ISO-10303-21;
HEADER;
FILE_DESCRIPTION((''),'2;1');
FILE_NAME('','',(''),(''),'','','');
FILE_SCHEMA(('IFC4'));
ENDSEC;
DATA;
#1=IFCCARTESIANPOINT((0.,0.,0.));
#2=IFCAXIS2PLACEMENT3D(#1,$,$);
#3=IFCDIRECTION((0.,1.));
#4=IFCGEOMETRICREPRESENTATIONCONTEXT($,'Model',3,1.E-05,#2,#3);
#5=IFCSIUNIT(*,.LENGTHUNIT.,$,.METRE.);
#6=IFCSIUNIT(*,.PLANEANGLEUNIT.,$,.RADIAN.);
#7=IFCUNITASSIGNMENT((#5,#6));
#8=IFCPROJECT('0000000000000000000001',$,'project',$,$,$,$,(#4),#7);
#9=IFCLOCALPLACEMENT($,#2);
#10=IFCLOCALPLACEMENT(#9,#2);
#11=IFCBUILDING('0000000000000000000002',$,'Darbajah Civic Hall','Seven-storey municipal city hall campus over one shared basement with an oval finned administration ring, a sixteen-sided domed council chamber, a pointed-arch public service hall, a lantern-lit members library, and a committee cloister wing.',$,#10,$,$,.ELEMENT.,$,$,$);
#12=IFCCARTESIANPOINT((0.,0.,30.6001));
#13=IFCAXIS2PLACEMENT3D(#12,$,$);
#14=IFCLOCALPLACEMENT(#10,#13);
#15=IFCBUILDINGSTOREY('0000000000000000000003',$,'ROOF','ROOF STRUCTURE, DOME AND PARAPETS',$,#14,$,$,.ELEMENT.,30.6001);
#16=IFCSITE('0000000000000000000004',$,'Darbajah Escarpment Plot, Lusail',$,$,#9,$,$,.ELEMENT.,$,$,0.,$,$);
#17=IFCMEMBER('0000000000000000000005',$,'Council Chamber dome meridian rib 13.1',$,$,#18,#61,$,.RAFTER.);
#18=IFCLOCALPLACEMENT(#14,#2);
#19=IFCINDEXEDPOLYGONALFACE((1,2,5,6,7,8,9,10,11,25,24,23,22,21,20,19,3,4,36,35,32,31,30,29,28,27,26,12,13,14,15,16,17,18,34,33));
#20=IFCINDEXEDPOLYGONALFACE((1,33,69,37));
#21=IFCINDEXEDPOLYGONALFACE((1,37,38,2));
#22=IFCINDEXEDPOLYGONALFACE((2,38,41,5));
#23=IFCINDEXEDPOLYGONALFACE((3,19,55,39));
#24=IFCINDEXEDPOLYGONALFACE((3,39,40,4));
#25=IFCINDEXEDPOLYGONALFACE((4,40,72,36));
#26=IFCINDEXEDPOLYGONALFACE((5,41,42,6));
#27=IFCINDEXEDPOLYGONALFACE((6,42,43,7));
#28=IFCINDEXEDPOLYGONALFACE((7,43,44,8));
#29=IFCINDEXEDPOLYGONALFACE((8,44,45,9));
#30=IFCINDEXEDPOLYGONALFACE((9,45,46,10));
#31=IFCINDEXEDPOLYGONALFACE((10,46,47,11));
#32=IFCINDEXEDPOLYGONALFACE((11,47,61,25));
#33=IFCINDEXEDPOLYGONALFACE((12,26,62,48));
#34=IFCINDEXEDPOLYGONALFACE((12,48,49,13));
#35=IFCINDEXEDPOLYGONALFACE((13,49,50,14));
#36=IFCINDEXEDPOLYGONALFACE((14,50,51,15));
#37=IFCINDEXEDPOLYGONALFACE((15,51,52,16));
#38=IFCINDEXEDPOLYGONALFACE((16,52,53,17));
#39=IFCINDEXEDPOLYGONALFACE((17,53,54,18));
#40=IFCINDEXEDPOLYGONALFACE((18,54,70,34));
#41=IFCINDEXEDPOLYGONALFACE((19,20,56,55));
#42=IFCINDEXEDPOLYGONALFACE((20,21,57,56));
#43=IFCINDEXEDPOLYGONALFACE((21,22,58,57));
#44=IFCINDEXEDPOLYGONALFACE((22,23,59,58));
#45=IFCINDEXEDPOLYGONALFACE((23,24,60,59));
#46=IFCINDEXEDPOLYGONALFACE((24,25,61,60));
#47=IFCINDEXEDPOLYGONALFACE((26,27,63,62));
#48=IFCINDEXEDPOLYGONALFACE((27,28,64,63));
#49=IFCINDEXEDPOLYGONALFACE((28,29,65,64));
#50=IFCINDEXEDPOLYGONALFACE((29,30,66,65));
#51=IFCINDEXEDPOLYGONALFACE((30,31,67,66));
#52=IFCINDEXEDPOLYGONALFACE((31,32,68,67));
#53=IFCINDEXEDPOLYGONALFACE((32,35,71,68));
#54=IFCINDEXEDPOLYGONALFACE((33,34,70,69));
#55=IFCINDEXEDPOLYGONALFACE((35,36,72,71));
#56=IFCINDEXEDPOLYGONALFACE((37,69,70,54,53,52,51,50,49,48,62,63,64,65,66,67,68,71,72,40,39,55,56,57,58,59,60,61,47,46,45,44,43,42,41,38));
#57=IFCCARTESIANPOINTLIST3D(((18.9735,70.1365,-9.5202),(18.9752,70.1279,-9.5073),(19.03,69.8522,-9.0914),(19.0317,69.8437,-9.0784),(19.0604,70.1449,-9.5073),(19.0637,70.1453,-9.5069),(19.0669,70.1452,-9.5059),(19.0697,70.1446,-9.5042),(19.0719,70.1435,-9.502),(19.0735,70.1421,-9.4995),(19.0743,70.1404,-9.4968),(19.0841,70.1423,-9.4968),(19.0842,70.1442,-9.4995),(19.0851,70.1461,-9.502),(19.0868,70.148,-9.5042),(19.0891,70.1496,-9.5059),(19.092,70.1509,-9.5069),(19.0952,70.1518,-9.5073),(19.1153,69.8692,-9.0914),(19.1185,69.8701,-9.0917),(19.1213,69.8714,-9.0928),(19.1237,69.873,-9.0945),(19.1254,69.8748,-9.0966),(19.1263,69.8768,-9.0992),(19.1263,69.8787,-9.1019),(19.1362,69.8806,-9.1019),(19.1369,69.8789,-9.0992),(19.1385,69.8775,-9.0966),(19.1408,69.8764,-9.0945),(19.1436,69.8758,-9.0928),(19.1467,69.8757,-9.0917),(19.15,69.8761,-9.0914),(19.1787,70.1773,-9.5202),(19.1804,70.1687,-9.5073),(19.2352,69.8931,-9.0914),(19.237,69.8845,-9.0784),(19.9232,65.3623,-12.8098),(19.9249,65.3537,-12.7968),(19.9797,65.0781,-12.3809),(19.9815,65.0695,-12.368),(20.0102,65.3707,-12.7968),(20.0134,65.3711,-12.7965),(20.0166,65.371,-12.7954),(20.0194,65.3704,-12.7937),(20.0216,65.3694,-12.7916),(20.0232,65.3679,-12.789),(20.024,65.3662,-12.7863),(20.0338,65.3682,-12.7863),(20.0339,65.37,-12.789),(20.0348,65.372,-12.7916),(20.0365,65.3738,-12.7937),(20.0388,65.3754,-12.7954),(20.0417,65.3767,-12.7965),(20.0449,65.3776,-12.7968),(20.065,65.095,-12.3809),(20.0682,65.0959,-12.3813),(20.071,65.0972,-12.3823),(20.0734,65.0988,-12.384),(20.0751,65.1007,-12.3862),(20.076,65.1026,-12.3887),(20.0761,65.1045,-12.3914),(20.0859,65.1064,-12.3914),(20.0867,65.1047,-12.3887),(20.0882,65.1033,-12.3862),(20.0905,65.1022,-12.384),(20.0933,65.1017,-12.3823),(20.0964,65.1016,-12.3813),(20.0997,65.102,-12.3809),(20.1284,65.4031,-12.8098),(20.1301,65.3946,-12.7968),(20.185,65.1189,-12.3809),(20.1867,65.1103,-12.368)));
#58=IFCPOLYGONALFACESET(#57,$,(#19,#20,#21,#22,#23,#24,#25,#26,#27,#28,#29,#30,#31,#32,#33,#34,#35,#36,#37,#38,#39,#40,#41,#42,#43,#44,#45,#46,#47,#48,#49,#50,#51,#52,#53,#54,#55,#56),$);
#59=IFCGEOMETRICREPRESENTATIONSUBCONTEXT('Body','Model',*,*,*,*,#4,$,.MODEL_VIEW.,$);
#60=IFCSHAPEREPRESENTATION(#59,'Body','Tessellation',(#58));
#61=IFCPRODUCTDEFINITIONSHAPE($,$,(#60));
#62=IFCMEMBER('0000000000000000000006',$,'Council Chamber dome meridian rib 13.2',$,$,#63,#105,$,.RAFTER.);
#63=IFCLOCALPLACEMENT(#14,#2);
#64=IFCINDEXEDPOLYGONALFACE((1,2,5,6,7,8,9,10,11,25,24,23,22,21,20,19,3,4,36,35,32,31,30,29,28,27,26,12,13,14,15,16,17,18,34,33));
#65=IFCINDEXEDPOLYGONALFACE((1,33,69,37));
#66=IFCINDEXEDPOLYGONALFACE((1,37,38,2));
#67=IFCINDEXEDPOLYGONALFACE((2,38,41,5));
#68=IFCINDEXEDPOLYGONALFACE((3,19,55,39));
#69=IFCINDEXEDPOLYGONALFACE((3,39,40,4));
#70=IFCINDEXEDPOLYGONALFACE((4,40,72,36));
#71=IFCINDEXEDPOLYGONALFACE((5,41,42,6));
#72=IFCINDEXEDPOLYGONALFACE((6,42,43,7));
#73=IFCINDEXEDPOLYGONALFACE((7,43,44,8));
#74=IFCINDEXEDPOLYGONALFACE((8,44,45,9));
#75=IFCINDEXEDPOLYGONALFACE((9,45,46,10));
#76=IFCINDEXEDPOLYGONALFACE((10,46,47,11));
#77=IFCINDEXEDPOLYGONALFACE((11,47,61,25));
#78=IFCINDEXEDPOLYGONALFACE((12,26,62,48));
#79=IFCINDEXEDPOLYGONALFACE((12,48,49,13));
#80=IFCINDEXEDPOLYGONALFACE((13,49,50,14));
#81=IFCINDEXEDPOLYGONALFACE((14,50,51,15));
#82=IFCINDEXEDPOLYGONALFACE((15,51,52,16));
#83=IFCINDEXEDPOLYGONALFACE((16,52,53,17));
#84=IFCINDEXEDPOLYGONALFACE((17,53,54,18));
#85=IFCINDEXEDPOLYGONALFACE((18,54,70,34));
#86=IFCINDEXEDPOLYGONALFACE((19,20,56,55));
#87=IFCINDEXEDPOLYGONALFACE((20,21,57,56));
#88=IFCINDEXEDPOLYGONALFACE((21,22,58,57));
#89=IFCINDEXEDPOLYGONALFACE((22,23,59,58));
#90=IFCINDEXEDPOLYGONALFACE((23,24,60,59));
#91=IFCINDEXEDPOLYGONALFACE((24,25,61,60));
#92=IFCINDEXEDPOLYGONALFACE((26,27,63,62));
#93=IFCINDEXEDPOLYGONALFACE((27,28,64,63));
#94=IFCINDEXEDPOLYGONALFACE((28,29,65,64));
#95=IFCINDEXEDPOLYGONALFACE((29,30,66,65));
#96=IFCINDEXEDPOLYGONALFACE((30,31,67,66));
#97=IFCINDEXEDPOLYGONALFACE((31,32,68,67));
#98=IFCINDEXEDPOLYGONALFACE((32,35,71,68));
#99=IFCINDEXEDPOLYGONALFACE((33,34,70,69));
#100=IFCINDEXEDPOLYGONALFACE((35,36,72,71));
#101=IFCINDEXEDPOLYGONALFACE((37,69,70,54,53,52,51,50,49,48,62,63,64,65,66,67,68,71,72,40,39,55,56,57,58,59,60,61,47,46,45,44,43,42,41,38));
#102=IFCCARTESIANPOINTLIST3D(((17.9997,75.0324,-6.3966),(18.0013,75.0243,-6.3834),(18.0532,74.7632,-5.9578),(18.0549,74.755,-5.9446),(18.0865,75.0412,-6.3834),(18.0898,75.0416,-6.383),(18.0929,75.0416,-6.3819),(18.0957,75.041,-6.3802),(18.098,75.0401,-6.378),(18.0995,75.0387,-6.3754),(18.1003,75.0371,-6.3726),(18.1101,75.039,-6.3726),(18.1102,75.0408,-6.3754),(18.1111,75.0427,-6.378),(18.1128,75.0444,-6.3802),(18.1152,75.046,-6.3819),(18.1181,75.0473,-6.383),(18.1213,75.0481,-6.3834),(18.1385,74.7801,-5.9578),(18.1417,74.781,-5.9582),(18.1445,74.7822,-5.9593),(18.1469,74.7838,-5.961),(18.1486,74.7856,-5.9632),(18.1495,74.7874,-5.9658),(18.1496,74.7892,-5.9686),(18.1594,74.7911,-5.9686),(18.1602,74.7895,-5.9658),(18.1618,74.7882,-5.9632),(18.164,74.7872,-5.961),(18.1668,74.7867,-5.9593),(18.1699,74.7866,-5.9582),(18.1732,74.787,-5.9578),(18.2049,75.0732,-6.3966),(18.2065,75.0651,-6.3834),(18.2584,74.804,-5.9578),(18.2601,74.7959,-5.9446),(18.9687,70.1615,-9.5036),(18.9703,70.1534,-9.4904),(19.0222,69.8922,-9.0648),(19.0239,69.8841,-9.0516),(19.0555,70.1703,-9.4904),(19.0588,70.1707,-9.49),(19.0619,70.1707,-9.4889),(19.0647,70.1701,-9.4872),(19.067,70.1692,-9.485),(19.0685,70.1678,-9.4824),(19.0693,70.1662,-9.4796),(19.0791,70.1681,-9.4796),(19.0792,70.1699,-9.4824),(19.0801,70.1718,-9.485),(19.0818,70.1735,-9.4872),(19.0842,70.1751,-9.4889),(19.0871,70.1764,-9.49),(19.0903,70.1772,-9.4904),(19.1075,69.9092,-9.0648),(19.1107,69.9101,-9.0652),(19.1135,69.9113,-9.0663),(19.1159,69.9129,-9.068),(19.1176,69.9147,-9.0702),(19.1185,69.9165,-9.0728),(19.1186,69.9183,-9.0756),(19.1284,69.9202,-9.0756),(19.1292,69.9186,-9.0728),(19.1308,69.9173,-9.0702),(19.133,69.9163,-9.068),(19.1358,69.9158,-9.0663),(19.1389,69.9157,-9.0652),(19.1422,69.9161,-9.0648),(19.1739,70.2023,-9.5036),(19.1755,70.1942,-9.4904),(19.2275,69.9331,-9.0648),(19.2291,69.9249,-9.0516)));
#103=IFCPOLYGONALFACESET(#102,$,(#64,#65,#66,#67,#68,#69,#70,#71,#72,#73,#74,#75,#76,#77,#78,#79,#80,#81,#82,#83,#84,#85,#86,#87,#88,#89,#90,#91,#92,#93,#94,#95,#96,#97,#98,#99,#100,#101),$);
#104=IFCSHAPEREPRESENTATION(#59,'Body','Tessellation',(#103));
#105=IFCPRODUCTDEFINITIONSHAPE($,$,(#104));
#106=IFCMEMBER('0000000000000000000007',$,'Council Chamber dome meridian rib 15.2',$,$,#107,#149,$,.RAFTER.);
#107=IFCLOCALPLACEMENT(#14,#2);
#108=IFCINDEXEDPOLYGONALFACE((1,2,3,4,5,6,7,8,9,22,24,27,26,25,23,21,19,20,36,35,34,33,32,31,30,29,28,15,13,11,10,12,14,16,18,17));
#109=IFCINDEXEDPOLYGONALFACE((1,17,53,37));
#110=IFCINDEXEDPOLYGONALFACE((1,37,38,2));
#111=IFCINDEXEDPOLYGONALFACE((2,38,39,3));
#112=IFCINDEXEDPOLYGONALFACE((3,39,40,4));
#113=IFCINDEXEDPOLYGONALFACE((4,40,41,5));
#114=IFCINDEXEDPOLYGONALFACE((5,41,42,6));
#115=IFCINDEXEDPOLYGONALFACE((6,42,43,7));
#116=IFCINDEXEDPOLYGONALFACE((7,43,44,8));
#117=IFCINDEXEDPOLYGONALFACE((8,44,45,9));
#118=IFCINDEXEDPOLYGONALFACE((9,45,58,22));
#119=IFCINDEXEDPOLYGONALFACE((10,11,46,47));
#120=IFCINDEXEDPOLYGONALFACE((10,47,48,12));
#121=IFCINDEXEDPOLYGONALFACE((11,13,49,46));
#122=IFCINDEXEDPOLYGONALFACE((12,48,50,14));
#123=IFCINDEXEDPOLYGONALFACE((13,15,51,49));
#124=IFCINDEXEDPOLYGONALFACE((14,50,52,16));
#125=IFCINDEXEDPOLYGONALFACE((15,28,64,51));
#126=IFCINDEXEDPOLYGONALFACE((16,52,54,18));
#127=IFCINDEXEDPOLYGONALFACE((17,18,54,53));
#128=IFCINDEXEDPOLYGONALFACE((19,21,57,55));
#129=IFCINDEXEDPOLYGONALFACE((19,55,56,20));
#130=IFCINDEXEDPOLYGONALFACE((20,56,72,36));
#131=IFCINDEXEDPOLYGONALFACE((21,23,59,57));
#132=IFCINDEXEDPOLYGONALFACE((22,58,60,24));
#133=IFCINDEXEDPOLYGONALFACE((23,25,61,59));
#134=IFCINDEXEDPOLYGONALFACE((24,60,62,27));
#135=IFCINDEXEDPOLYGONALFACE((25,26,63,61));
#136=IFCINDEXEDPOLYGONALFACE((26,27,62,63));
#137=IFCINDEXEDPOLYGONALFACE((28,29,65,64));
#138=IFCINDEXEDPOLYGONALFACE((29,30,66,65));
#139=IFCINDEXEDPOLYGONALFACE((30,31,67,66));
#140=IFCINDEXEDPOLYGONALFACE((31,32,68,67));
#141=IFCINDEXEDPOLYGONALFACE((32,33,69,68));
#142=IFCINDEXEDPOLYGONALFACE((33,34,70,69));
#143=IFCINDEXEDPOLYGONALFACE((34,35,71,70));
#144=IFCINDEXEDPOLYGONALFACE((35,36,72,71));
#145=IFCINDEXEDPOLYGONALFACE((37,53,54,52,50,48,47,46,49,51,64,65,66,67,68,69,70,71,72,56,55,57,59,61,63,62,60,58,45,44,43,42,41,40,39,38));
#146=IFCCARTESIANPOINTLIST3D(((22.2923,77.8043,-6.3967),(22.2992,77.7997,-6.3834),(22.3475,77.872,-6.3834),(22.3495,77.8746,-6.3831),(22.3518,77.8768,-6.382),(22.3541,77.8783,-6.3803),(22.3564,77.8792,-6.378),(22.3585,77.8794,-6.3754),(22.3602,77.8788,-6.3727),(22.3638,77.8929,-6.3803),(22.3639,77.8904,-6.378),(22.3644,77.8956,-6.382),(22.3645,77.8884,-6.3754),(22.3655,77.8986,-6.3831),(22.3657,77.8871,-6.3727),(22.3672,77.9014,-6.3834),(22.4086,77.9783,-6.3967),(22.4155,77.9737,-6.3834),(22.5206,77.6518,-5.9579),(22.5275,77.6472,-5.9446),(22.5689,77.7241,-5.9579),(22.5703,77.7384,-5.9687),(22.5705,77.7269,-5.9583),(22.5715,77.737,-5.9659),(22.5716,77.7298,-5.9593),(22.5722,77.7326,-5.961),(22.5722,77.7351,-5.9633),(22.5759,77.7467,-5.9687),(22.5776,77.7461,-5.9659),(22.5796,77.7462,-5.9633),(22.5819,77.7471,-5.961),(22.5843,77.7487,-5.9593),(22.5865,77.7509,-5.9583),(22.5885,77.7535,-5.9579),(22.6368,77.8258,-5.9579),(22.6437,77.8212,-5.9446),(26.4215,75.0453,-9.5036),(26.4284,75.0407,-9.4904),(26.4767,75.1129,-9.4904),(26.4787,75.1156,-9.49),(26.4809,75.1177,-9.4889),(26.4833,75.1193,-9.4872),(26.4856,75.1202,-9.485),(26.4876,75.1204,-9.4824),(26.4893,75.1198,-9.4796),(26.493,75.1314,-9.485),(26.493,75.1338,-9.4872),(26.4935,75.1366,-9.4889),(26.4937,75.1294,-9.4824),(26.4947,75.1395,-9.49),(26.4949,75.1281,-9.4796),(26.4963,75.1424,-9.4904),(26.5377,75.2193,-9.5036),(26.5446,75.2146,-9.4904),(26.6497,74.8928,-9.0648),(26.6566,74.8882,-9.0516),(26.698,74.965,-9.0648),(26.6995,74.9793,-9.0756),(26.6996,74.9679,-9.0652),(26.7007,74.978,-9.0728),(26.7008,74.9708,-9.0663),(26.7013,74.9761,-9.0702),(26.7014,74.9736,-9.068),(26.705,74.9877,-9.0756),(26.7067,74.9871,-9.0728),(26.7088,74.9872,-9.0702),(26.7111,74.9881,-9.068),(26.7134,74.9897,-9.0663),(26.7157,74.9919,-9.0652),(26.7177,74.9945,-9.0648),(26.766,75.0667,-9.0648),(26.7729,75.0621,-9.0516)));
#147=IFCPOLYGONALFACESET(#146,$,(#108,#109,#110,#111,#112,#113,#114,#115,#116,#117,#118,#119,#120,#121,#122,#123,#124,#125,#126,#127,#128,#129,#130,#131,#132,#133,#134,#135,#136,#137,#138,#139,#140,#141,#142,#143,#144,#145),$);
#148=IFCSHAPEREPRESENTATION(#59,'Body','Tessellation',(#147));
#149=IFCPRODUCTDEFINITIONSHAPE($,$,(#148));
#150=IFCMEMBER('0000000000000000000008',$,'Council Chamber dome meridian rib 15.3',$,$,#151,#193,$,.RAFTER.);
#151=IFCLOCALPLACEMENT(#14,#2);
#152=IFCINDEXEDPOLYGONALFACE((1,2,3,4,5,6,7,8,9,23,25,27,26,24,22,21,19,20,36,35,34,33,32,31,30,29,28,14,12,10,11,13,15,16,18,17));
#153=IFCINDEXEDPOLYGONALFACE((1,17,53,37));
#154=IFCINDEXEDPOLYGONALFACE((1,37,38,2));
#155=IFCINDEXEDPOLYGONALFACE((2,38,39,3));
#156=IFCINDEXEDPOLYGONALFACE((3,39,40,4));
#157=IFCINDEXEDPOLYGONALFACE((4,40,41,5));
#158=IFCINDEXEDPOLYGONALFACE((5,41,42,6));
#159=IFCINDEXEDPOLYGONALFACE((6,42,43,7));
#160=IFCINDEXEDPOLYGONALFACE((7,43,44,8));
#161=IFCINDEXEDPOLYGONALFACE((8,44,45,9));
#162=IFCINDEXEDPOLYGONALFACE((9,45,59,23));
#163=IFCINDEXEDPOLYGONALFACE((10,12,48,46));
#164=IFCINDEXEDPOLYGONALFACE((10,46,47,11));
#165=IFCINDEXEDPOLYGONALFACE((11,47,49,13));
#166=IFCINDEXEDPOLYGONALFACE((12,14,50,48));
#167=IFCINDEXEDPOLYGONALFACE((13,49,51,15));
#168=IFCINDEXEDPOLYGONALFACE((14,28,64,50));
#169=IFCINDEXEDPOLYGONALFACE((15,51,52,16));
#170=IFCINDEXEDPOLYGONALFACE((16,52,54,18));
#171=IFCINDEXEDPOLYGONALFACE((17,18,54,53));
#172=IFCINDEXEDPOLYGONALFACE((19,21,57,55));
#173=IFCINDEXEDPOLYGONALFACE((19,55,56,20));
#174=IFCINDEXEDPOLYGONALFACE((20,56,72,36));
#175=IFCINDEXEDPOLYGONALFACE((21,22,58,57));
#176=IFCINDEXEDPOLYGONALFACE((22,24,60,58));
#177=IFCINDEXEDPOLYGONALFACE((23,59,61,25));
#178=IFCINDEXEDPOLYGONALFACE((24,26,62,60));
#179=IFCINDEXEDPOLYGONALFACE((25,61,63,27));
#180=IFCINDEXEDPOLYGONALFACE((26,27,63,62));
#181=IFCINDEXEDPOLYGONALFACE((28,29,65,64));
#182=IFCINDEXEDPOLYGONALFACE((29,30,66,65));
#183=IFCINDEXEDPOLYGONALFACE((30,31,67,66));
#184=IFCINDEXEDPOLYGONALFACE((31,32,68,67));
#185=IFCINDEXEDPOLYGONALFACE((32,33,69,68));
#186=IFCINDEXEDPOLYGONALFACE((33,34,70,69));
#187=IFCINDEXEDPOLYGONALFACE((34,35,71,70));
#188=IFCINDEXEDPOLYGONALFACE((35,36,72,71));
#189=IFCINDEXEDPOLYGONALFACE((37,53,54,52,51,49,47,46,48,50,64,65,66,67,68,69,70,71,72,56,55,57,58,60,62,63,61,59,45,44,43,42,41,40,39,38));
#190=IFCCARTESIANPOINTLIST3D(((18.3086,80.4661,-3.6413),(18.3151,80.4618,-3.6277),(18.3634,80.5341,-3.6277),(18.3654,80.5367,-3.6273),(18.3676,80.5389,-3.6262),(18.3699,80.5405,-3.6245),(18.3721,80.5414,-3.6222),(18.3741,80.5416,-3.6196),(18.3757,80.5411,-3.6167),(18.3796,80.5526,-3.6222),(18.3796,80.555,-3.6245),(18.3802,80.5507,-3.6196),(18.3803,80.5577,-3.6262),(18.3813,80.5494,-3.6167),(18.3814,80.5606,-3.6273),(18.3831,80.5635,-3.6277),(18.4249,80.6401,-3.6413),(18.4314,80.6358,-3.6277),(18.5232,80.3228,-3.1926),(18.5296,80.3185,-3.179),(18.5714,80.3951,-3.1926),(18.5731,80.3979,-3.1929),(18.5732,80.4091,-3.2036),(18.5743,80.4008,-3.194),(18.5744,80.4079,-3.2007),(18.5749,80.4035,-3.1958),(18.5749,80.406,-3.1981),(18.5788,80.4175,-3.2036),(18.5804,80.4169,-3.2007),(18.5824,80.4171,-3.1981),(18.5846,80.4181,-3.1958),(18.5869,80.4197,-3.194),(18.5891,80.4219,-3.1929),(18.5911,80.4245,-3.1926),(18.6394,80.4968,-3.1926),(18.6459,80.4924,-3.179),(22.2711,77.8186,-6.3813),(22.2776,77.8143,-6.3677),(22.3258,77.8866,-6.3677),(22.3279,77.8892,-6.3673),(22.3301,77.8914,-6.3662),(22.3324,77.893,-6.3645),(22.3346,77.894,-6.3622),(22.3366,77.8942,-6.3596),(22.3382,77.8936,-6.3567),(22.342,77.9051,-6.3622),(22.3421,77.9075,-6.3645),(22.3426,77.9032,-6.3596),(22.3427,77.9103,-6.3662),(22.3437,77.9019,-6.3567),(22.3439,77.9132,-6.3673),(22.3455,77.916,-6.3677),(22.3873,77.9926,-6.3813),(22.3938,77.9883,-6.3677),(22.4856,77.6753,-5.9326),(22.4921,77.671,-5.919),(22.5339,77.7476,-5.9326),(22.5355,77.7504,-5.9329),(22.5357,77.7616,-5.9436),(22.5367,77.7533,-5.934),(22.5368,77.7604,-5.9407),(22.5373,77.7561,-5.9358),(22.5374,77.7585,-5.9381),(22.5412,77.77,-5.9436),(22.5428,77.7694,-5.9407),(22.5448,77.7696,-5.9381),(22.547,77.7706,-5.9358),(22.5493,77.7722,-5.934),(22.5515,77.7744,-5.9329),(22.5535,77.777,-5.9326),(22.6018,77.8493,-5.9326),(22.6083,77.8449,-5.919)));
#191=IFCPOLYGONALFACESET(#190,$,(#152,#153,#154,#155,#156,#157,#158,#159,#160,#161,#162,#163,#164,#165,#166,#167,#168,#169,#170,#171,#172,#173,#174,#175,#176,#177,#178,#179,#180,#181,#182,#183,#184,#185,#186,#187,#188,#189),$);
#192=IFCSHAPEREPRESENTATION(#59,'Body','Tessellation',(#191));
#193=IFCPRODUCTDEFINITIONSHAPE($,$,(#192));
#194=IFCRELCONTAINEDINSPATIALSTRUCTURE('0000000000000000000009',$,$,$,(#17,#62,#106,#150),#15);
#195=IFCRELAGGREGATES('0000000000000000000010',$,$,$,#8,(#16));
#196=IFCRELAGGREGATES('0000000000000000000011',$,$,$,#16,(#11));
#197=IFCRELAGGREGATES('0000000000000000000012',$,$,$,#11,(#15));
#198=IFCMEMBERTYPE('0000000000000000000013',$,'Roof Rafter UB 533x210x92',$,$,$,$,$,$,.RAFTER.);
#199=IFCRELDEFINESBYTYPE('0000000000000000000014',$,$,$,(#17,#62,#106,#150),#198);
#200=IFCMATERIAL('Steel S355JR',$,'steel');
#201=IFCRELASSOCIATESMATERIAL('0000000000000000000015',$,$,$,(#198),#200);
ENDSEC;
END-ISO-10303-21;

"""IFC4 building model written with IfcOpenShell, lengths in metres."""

from ifc_helpers import new_model, si_unit, direction, frame, origin, origin_2d, place, context, subcontext, project, spatial, i_section, extrude, material, material_profile, profile_set, type_object, element, save


model = new_model("IFC4")

# Units and contexts
model_context = context("Model", 3, precision=1e-05, world=origin(), true_north=direction((0.0, 1.0)))
body_context = subcontext(model_context, "Body", "Model", "MODEL_VIEW")
ifc_project = project(units=[si_unit("LENGTHUNIT", "METRE"), si_unit("PLANEANGLEUNIT", "RADIAN")], contexts=[model_context])

# Site, building, storey
site_placement = place(None, origin())
site = spatial("IfcSite", under=ifc_project, at=site_placement, Name="Darbajah Escarpment Plot, Lusail", CompositionType="ELEMENT", RefElevation=0.0)
building_placement = place(site_placement, origin())
building = spatial("IfcBuilding", under=site, at=building_placement, Name="Darbajah Civic Hall", Description="Seven-storey municipal city hall campus over one shared basement with an oval finned administration ring, a sixteen-sided domed council chamber, a pointed-arch public service hall, a lantern-lit members library, and a committee cloister wing.", CompositionType="ELEMENT")
storey_placement = place(building_placement, frame((0.0, 0.0, 30.6001)))
storey = spatial("IfcBuildingStorey", under=building, at=storey_placement, Name="ROOF", Description="ROOF STRUCTURE, DOME AND PARAPETS", CompositionType="ELEMENT", Elevation=30.6001)

# Members
ifc_material = material(Name="Steel S355JR", Category="steel")
ifc_material_profile_1 = material_profile(ifc_material, i_section(OverallWidth=0.2092, OverallDepth=0.5332, WebThickness=0.01, FlangeThickness=0.0156, FilletRadius=0.0127, at=origin_2d()), Name="UB 533x210x92")
ifc_profile_set_1 = profile_set([ifc_material_profile_1], Name="Steel S355JR")
member_type_1 = type_object("IfcMemberType", Name="Roof Rafter UB 533x210x92", PredefinedType="RAFTER", material=ifc_profile_set_1)
member_1_placement = place(storey_placement, frame((20.0549, 65.2363, -12.5889), z_axis=(-0.161652, 0.812623, 0.559922), x_axis=(-0.980783, -0.195103, 0.0)))
element("IfcMember", 1, at=member_1_placement, inside=storey, type_object=member_type_1, Name="Council Chamber dome meridian rib 13.1", PredefinedType="RAFTER", context=body_context, shape_type="SweptSolid", body=[
    extrude(i_section(OverallWidth=0.2092, OverallDepth=0.5332, WebThickness=0.01, FlangeThickness=0.0156, FilletRadius=0.0127, at=origin_2d()), origin(), (0.0, 0.0, 1.0), 5.875),
])
member_2_placement = place(storey_placement, frame((19.0989, 70.0432, -9.2776), z_axis=(-0.165411, 0.831475, 0.530367), x_axis=(-0.980781, -0.195114, 0.0)))
element("IfcMember", 2, at=member_2_placement, inside=storey, type_object=member_type_1, Name="Council Chamber dome meridian rib 13.2", PredefinedType="RAFTER", context=body_context, shape_type="SweptSolid", body=[
    extrude(i_section(OverallWidth=0.2092, OverallDepth=0.5332, WebThickness=0.01, FlangeThickness=0.0156, FilletRadius=0.0127, at=origin_2d()), origin(), (0.0, 0.0, 1.0), 5.8582),
])
member_3_placement = place(storey_placement, frame((26.5972, 75.0537, -9.2776), z_axis=(-0.704884, 0.470992, 0.530382), x_axis=(-0.555573, -0.831467, 0.0)))
element("IfcMember", 3, at=member_3_placement, inside=storey, type_object=member_type_1, Name="Council Chamber dome meridian rib 15.2", PredefinedType="RAFTER", context=body_context, shape_type="SweptSolid", body=[
    extrude(i_section(OverallWidth=0.2092, OverallDepth=0.5332, WebThickness=0.01, FlangeThickness=0.0156, FilletRadius=0.0127, at=origin_2d()), origin(), (0.0, 0.0, 1.0), 5.8579),
])
member_4_placement = place(storey_placement, frame((22.4397, 77.8318, -6.1501), z_axis=(-0.720827, 0.481617, 0.49845), x_axis=(-0.555551, -0.831482, 0.0)))
element("IfcMember", 4, at=member_4_placement, inside=storey, type_object=member_type_1, Name="Council Chamber dome meridian rib 15.3", PredefinedType="RAFTER", context=body_context, shape_type="SweptSolid", body=[
    extrude(i_section(OverallWidth=0.2092, OverallDepth=0.5332, WebThickness=0.01, FlangeThickness=0.0156, FilletRadius=0.0127, at=origin_2d()), origin(), (0.0, 0.0, 1.0), 5.4971),
])

save(model, "model.ifc")
